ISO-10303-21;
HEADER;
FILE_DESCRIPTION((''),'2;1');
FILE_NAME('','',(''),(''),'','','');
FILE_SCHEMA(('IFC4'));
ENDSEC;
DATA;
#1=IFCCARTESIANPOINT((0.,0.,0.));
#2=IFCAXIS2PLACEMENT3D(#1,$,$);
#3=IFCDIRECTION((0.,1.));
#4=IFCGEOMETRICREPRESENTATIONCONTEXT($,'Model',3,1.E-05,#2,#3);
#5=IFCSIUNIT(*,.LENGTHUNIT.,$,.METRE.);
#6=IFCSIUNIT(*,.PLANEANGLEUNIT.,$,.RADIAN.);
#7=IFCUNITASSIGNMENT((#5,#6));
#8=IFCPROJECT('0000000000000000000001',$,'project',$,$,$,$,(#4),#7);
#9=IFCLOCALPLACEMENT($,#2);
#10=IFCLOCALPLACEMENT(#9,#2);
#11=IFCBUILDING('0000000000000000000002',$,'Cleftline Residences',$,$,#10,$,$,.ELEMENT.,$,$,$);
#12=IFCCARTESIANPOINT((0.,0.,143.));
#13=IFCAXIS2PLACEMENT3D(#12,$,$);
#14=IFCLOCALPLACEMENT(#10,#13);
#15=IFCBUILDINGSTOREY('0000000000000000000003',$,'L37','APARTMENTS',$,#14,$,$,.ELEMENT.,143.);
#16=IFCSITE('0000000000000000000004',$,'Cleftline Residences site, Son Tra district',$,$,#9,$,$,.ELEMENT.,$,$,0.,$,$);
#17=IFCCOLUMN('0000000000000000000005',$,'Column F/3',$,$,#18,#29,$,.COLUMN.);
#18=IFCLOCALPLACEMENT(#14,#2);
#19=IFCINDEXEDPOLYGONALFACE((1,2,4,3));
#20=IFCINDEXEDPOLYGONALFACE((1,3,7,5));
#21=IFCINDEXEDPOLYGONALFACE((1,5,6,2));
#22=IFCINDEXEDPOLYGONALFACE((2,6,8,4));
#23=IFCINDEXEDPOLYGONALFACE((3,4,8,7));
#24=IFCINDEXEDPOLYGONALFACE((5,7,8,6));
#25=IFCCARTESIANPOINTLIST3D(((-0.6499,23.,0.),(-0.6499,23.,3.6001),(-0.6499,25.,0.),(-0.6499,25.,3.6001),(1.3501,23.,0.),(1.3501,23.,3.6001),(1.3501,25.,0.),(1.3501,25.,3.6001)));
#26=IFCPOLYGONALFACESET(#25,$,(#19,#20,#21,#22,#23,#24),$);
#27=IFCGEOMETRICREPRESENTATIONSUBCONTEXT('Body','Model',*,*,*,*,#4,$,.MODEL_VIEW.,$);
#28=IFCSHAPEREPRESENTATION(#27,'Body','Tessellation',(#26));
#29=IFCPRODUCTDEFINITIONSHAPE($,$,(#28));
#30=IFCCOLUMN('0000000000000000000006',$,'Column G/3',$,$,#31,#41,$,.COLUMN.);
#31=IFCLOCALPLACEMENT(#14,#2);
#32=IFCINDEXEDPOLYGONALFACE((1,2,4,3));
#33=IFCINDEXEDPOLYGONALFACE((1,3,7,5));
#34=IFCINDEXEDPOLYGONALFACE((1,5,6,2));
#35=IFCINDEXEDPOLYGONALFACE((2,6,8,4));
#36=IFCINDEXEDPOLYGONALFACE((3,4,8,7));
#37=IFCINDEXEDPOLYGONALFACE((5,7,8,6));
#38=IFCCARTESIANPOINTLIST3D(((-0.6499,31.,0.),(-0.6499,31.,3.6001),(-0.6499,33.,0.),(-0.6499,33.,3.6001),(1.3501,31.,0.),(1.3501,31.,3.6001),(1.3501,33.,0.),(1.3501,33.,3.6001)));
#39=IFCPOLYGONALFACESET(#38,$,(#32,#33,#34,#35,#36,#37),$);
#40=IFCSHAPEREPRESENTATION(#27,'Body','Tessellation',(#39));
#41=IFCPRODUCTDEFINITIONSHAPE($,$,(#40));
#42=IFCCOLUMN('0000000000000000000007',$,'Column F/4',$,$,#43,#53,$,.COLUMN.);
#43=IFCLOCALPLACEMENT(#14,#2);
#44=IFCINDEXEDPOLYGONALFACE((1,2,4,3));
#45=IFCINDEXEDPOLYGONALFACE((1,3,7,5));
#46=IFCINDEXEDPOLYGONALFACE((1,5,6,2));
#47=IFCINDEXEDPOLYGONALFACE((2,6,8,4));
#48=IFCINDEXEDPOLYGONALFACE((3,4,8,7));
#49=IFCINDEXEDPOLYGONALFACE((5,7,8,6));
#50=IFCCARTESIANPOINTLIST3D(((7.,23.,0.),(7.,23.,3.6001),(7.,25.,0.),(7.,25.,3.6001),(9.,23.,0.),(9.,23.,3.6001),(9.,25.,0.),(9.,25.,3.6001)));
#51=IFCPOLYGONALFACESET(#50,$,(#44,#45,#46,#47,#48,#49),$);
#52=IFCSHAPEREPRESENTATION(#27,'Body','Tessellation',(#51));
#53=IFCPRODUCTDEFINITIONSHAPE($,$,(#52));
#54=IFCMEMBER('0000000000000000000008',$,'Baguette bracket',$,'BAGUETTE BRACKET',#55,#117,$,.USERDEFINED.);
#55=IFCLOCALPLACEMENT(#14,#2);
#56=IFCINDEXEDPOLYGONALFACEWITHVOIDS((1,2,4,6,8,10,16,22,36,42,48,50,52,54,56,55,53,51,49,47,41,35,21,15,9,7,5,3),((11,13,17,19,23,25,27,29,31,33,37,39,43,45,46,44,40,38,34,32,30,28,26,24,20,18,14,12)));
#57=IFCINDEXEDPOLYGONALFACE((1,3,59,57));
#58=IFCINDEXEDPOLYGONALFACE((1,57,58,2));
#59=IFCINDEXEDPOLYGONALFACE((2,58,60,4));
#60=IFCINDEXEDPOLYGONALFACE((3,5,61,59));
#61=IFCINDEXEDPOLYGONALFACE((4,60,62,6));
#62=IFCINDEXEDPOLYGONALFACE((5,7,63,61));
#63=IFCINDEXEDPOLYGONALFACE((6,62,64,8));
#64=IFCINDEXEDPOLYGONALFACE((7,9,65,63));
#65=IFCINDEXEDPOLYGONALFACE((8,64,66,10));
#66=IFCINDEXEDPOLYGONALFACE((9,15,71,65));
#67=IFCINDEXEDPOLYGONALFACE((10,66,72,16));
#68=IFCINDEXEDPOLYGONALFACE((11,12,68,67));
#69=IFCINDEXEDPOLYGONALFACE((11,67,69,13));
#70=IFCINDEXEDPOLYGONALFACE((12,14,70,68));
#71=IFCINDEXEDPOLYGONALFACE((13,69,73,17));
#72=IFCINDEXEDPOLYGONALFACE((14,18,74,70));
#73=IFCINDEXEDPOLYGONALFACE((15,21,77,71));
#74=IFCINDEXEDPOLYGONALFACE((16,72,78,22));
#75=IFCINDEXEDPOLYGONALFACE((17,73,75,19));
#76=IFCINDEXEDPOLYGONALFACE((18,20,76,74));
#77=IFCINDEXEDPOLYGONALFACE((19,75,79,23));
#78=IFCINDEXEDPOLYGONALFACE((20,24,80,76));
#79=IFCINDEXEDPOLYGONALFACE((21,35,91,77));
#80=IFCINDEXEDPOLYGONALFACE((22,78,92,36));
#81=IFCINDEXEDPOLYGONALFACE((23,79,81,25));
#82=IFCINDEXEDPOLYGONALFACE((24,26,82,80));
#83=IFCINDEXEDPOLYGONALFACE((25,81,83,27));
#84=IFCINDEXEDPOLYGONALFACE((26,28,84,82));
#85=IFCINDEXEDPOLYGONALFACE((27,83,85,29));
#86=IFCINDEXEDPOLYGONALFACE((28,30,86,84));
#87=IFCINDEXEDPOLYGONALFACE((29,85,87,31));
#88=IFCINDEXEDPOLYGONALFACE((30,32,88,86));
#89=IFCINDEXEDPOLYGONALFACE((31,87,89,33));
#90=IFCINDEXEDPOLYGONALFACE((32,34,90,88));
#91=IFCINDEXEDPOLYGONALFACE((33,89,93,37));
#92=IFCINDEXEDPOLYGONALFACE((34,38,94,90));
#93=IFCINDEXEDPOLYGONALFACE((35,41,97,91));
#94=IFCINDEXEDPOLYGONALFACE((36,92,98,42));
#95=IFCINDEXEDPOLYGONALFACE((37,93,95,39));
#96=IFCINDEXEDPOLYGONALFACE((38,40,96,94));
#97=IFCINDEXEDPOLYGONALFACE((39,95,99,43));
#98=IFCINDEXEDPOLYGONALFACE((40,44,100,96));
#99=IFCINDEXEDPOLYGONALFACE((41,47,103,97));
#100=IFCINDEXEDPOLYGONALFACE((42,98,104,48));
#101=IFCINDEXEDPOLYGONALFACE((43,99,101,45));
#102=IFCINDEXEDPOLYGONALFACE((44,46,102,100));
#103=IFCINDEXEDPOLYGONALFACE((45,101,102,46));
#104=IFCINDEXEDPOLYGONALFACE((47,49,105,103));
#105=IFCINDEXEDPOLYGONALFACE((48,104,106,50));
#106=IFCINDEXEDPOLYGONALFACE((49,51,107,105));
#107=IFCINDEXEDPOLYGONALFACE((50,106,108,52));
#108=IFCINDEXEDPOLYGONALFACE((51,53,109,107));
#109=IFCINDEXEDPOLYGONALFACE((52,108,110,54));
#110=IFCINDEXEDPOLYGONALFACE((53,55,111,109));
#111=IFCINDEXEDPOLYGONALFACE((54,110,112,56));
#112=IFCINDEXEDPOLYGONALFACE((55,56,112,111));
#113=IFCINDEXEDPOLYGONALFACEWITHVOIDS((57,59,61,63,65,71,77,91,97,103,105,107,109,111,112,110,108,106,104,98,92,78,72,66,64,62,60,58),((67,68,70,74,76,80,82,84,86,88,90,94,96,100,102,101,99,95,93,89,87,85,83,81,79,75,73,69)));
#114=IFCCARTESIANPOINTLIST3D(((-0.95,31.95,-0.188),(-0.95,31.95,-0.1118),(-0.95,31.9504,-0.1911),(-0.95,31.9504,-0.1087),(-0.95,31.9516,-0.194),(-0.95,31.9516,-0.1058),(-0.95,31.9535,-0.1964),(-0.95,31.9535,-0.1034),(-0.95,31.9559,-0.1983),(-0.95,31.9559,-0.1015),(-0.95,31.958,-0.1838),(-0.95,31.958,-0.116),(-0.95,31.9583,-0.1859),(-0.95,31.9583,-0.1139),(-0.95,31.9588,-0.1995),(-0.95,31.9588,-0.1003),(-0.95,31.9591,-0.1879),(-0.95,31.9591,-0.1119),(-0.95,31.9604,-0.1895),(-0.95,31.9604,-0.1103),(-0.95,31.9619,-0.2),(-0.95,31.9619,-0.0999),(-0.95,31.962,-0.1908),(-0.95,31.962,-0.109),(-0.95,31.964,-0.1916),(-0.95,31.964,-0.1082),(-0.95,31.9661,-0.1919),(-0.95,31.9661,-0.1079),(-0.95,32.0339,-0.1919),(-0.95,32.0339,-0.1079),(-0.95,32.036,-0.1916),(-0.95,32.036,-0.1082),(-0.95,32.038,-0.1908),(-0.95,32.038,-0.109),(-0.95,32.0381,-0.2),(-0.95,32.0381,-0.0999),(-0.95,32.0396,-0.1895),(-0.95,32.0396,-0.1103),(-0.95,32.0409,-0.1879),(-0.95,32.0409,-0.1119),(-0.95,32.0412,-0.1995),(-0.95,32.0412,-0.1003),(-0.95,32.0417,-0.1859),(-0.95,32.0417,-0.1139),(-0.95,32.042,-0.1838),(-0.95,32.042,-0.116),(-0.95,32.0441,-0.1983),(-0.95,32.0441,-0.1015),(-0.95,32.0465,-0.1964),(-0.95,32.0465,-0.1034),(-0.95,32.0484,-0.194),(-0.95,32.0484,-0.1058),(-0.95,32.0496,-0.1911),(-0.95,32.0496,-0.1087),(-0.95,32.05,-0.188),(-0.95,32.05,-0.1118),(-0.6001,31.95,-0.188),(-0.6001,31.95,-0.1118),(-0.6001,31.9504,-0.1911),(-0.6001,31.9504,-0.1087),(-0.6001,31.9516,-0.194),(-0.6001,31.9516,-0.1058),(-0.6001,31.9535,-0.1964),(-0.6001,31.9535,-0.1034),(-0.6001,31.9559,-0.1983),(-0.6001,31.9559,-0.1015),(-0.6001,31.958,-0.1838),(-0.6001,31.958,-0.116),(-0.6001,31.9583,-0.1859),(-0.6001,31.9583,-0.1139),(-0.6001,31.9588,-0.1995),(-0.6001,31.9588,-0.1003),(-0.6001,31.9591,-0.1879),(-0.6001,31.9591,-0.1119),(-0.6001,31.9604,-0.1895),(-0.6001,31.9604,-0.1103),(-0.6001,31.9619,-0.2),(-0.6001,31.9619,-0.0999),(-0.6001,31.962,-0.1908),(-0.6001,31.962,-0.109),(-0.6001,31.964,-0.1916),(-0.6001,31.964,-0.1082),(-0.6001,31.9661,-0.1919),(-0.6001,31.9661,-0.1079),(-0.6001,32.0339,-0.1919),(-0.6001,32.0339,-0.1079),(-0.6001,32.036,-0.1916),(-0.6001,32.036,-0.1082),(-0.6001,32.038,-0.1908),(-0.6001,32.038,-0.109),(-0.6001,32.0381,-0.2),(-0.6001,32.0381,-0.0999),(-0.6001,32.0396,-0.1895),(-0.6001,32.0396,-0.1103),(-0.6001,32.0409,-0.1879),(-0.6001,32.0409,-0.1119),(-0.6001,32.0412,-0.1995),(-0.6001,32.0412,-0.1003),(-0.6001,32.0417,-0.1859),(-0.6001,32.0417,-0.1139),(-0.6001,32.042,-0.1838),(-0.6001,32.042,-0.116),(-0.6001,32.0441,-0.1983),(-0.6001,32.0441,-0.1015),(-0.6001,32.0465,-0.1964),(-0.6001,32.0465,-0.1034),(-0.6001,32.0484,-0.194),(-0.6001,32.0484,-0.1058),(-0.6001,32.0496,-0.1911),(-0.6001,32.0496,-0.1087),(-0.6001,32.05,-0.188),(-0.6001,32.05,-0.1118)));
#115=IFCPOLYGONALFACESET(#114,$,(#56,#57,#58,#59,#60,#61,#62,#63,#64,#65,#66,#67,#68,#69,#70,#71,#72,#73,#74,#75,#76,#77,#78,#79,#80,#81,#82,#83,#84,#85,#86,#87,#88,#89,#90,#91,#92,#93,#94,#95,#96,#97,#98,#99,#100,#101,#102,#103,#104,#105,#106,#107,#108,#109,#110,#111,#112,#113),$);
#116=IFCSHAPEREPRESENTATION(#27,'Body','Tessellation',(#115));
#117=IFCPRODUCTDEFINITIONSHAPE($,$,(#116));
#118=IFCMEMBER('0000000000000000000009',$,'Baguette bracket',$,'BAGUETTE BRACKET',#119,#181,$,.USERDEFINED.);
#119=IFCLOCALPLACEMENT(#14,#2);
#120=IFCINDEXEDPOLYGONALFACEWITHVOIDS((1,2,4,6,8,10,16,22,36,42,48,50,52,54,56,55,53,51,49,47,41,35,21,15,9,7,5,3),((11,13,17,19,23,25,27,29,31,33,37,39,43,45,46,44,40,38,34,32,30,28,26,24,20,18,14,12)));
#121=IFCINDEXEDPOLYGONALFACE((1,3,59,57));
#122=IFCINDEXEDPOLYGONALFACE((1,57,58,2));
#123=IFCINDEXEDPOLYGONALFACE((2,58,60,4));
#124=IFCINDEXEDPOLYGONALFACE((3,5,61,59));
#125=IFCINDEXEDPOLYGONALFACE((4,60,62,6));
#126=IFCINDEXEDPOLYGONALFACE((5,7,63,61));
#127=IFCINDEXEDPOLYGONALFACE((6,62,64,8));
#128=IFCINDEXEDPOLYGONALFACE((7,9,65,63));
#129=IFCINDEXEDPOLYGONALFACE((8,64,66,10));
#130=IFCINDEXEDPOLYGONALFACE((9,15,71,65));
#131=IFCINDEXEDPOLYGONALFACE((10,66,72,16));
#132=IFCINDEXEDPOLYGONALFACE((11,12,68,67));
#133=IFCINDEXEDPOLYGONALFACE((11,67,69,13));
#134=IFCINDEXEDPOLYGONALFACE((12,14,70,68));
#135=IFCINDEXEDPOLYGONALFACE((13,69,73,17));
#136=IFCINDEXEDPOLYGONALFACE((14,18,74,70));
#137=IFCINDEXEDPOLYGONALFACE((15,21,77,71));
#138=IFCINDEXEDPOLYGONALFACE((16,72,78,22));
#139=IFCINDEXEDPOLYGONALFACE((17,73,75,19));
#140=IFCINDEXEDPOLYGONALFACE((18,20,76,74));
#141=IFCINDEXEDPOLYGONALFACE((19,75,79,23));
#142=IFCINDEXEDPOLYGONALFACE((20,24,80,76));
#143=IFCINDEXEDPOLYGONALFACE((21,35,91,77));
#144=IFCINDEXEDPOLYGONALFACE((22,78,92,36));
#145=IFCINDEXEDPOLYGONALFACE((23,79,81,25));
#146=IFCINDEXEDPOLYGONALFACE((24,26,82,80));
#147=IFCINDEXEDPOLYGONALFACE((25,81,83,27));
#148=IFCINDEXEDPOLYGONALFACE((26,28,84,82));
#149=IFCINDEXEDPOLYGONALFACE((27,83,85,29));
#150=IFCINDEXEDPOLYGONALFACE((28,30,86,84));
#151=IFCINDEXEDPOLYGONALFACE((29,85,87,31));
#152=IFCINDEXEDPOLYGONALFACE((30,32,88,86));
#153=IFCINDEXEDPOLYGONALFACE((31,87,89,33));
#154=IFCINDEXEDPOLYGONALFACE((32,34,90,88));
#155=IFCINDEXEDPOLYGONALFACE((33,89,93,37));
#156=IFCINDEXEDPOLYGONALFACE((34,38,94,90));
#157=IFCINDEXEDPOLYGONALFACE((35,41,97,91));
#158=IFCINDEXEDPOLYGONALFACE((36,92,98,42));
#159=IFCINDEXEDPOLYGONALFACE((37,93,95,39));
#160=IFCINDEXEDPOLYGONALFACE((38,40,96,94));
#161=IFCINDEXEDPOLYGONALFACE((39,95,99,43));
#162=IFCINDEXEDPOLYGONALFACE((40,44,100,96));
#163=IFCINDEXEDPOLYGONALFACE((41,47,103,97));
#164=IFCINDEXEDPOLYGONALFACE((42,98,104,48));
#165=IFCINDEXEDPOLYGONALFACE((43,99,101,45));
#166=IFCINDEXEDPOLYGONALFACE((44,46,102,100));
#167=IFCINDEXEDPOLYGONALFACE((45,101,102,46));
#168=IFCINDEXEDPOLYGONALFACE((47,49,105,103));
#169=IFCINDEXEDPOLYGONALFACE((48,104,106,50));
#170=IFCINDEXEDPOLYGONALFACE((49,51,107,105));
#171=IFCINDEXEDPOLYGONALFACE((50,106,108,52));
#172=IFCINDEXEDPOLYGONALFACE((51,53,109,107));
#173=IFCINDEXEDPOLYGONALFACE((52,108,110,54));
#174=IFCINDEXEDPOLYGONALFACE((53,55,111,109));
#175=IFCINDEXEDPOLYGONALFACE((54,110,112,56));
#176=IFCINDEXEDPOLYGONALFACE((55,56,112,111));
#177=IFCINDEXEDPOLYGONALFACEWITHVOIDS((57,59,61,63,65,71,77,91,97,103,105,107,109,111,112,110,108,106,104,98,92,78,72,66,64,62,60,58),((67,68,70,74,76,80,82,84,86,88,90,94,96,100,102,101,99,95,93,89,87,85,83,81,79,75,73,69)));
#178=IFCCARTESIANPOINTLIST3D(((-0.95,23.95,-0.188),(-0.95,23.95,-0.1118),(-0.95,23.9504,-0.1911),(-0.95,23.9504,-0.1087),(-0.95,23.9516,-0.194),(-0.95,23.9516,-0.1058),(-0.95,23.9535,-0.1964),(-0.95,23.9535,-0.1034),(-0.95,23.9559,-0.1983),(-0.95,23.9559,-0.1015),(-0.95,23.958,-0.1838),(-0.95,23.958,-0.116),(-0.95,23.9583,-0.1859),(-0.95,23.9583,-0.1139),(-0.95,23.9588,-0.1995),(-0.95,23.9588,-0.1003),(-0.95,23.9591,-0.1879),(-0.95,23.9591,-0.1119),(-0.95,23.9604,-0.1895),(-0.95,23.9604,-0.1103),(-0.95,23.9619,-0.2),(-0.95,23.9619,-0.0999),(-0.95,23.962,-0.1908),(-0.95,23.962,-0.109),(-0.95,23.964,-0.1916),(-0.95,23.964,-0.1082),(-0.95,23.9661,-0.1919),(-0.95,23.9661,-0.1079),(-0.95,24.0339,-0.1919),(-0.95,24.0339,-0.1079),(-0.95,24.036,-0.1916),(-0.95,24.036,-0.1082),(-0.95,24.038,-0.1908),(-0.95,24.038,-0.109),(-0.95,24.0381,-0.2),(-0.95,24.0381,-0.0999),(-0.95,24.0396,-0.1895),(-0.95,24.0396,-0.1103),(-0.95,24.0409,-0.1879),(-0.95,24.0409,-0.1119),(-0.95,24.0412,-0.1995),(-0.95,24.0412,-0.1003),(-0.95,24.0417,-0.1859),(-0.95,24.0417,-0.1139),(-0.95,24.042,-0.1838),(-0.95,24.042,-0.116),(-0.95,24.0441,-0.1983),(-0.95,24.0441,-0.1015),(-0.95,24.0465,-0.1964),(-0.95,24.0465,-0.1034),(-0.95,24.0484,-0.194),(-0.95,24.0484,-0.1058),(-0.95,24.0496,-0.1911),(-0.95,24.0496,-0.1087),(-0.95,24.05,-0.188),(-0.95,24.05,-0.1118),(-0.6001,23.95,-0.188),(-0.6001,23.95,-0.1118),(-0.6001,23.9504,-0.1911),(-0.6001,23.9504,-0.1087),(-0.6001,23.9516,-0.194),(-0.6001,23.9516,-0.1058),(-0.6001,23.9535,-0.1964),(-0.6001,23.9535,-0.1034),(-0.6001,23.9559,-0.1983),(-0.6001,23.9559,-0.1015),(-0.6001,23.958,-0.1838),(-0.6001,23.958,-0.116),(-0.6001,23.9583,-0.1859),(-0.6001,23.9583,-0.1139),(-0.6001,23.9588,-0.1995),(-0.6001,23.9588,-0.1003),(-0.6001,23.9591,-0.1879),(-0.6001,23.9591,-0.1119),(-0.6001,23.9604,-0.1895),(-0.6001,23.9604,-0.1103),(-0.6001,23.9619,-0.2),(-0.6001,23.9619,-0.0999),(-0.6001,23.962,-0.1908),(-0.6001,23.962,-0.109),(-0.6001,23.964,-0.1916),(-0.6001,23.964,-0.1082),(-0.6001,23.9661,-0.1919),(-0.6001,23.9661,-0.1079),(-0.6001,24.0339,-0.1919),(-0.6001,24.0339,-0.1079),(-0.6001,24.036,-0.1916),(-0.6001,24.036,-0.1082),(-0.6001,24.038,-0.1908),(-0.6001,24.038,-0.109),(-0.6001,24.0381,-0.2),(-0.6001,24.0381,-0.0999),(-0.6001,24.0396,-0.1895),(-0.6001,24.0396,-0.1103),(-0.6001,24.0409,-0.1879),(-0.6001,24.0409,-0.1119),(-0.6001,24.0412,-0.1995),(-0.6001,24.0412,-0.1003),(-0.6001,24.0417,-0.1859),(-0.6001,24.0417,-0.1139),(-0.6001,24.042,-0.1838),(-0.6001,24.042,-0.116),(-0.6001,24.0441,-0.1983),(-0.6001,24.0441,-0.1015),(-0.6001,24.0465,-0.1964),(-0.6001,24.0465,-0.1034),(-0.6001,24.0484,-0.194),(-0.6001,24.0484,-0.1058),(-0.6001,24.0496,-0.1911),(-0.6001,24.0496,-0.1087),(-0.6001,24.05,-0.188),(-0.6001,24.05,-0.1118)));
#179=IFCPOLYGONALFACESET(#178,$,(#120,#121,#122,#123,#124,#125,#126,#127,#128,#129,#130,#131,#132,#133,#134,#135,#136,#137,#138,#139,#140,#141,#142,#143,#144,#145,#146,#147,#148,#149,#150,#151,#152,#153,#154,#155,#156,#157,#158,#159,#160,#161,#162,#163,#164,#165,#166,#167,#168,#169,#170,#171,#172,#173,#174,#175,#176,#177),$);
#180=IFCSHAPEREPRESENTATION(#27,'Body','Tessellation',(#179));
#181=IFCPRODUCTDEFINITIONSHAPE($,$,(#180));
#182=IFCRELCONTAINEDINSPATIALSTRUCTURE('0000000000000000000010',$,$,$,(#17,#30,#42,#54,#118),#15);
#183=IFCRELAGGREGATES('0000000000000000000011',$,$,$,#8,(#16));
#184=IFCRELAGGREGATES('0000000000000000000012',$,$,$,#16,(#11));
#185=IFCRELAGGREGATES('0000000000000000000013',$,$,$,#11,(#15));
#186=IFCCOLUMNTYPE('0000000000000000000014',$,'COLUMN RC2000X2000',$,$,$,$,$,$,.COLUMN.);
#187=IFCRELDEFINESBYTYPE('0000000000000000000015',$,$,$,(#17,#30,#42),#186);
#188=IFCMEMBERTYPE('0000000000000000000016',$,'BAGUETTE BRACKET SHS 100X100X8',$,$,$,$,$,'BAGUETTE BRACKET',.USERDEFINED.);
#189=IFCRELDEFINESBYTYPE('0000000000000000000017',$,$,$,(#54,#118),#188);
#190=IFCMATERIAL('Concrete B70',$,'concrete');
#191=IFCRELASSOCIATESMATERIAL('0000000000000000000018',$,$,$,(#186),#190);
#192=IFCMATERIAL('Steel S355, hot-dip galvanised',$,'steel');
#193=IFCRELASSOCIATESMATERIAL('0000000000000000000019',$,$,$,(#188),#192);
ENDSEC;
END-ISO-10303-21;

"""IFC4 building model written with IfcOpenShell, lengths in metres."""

from ifc_helpers import new_model, si_unit, direction, frame, origin, origin_2d, place, context, subcontext, project, spatial, rectangle, hollow_rectangle, extrude, material, material_profile, profile_set, type_object, element, save


model = new_model("IFC4")

# Units and contexts
model_context = context("Model", 3, precision=1e-05, world=origin(), true_north=direction((0.0, 1.0)))
body_context = subcontext(model_context, "Body", "Model", "MODEL_VIEW")
ifc_project = project(units=[si_unit("LENGTHUNIT", "METRE"), si_unit("PLANEANGLEUNIT", "RADIAN")], contexts=[model_context])

# Site, building, storey
site_placement = place(None, origin())
site = spatial("IfcSite", under=ifc_project, at=site_placement, Name="Cleftline Residences site, Son Tra district", CompositionType="ELEMENT", RefElevation=0.0)
building_placement = place(site_placement, origin())
building = spatial("IfcBuilding", under=site, at=building_placement, Name="Cleftline Residences", CompositionType="ELEMENT")
storey_placement = place(building_placement, frame((0.0, 0.0, 143.0)))
storey = spatial("IfcBuildingStorey", under=building, at=storey_placement, Name="L37", Description="APARTMENTS", CompositionType="ELEMENT", Elevation=143.0)

# Columns
ifc_material_1 = material(Name="Concrete B70", Category="concrete")
ifc_material_profile_1 = material_profile(ifc_material_1, rectangle(XDim=2.0, YDim=2.0, at=origin_2d()))
ifc_profile_set_1 = profile_set([ifc_material_profile_1], Name="Concrete B70")
column_type = type_object("IfcColumnType", Name="COLUMN RC2000X2000", PredefinedType="COLUMN", material=ifc_profile_set_1)
for number, where, z_axis, x_axis, name in (
    (1, (0.3501, 24.0, 0.0), (0.0, 0.0, 1.0), (1.0, 0.0, 0.0), "Column F/3"),
    (2, (0.3501, 32.0, 0.0), (0.0, 0.0, 1.0), (1.0, 0.0, 0.0), "Column G/3"),
    (3, (8.0, 24.0, 0.0), (0.0, 0.0, 1.0), (1.0, 0.0, 0.0), "Column F/4"),
):
    element("IfcColumn", number, at=place(storey_placement, frame(where, z_axis=z_axis, x_axis=x_axis)), inside=storey, type_object=column_type, Name=name, PredefinedType="COLUMN", context=body_context, shape_type="SweptSolid", body=[
        extrude(rectangle(XDim=2.0, YDim=2.0, at=origin_2d()), origin(), (0.0, 0.0, 1.0), 3.6001),
    ])

# Members
ifc_material_2 = material(Name="Steel S355, hot-dip galvanised", Category="steel")
ifc_material_profile_2 = material_profile(ifc_material_2, hollow_rectangle(XDim=0.1001, YDim=0.1001, WallThickness=0.0081, InnerFilletRadius=0.0081, OuterFilletRadius=0.012, at=origin_2d()))
ifc_profile_set_2 = profile_set([ifc_material_profile_2], Name="Steel S355, hot-dip galvanised")
member_type_1 = type_object("IfcMemberType", Name="BAGUETTE BRACKET SHS 100X100X8", ElementType="BAGUETTE BRACKET", PredefinedType="USERDEFINED", material=ifc_profile_set_2)
for number, where, z_axis, x_axis, name in (
    (4, (-0.6001, 32.0, -0.1499), (-1.0, 0.0, 0.0), (0.0, -1.0, 0.0), "Baguette bracket"),
    (5, (-0.6001, 24.0, -0.1499), (-1.0, 0.0, 0.0), (0.0, -1.0, 0.0), "Baguette bracket"),
):
    element("IfcMember", number, at=place(storey_placement, frame(where, z_axis=z_axis, x_axis=x_axis)), inside=storey, type_object=member_type_1, Name=name, ObjectType="BAGUETTE BRACKET", PredefinedType="USERDEFINED", context=body_context, shape_type="SweptSolid", body=[
        extrude(hollow_rectangle(XDim=0.1001, YDim=0.1001, WallThickness=0.0081, InnerFilletRadius=0.0081, OuterFilletRadius=0.012, at=origin_2d()), origin(), (0.0, 0.0, 1.0), 0.3499),
    ])

save(model, "model.ifc")
